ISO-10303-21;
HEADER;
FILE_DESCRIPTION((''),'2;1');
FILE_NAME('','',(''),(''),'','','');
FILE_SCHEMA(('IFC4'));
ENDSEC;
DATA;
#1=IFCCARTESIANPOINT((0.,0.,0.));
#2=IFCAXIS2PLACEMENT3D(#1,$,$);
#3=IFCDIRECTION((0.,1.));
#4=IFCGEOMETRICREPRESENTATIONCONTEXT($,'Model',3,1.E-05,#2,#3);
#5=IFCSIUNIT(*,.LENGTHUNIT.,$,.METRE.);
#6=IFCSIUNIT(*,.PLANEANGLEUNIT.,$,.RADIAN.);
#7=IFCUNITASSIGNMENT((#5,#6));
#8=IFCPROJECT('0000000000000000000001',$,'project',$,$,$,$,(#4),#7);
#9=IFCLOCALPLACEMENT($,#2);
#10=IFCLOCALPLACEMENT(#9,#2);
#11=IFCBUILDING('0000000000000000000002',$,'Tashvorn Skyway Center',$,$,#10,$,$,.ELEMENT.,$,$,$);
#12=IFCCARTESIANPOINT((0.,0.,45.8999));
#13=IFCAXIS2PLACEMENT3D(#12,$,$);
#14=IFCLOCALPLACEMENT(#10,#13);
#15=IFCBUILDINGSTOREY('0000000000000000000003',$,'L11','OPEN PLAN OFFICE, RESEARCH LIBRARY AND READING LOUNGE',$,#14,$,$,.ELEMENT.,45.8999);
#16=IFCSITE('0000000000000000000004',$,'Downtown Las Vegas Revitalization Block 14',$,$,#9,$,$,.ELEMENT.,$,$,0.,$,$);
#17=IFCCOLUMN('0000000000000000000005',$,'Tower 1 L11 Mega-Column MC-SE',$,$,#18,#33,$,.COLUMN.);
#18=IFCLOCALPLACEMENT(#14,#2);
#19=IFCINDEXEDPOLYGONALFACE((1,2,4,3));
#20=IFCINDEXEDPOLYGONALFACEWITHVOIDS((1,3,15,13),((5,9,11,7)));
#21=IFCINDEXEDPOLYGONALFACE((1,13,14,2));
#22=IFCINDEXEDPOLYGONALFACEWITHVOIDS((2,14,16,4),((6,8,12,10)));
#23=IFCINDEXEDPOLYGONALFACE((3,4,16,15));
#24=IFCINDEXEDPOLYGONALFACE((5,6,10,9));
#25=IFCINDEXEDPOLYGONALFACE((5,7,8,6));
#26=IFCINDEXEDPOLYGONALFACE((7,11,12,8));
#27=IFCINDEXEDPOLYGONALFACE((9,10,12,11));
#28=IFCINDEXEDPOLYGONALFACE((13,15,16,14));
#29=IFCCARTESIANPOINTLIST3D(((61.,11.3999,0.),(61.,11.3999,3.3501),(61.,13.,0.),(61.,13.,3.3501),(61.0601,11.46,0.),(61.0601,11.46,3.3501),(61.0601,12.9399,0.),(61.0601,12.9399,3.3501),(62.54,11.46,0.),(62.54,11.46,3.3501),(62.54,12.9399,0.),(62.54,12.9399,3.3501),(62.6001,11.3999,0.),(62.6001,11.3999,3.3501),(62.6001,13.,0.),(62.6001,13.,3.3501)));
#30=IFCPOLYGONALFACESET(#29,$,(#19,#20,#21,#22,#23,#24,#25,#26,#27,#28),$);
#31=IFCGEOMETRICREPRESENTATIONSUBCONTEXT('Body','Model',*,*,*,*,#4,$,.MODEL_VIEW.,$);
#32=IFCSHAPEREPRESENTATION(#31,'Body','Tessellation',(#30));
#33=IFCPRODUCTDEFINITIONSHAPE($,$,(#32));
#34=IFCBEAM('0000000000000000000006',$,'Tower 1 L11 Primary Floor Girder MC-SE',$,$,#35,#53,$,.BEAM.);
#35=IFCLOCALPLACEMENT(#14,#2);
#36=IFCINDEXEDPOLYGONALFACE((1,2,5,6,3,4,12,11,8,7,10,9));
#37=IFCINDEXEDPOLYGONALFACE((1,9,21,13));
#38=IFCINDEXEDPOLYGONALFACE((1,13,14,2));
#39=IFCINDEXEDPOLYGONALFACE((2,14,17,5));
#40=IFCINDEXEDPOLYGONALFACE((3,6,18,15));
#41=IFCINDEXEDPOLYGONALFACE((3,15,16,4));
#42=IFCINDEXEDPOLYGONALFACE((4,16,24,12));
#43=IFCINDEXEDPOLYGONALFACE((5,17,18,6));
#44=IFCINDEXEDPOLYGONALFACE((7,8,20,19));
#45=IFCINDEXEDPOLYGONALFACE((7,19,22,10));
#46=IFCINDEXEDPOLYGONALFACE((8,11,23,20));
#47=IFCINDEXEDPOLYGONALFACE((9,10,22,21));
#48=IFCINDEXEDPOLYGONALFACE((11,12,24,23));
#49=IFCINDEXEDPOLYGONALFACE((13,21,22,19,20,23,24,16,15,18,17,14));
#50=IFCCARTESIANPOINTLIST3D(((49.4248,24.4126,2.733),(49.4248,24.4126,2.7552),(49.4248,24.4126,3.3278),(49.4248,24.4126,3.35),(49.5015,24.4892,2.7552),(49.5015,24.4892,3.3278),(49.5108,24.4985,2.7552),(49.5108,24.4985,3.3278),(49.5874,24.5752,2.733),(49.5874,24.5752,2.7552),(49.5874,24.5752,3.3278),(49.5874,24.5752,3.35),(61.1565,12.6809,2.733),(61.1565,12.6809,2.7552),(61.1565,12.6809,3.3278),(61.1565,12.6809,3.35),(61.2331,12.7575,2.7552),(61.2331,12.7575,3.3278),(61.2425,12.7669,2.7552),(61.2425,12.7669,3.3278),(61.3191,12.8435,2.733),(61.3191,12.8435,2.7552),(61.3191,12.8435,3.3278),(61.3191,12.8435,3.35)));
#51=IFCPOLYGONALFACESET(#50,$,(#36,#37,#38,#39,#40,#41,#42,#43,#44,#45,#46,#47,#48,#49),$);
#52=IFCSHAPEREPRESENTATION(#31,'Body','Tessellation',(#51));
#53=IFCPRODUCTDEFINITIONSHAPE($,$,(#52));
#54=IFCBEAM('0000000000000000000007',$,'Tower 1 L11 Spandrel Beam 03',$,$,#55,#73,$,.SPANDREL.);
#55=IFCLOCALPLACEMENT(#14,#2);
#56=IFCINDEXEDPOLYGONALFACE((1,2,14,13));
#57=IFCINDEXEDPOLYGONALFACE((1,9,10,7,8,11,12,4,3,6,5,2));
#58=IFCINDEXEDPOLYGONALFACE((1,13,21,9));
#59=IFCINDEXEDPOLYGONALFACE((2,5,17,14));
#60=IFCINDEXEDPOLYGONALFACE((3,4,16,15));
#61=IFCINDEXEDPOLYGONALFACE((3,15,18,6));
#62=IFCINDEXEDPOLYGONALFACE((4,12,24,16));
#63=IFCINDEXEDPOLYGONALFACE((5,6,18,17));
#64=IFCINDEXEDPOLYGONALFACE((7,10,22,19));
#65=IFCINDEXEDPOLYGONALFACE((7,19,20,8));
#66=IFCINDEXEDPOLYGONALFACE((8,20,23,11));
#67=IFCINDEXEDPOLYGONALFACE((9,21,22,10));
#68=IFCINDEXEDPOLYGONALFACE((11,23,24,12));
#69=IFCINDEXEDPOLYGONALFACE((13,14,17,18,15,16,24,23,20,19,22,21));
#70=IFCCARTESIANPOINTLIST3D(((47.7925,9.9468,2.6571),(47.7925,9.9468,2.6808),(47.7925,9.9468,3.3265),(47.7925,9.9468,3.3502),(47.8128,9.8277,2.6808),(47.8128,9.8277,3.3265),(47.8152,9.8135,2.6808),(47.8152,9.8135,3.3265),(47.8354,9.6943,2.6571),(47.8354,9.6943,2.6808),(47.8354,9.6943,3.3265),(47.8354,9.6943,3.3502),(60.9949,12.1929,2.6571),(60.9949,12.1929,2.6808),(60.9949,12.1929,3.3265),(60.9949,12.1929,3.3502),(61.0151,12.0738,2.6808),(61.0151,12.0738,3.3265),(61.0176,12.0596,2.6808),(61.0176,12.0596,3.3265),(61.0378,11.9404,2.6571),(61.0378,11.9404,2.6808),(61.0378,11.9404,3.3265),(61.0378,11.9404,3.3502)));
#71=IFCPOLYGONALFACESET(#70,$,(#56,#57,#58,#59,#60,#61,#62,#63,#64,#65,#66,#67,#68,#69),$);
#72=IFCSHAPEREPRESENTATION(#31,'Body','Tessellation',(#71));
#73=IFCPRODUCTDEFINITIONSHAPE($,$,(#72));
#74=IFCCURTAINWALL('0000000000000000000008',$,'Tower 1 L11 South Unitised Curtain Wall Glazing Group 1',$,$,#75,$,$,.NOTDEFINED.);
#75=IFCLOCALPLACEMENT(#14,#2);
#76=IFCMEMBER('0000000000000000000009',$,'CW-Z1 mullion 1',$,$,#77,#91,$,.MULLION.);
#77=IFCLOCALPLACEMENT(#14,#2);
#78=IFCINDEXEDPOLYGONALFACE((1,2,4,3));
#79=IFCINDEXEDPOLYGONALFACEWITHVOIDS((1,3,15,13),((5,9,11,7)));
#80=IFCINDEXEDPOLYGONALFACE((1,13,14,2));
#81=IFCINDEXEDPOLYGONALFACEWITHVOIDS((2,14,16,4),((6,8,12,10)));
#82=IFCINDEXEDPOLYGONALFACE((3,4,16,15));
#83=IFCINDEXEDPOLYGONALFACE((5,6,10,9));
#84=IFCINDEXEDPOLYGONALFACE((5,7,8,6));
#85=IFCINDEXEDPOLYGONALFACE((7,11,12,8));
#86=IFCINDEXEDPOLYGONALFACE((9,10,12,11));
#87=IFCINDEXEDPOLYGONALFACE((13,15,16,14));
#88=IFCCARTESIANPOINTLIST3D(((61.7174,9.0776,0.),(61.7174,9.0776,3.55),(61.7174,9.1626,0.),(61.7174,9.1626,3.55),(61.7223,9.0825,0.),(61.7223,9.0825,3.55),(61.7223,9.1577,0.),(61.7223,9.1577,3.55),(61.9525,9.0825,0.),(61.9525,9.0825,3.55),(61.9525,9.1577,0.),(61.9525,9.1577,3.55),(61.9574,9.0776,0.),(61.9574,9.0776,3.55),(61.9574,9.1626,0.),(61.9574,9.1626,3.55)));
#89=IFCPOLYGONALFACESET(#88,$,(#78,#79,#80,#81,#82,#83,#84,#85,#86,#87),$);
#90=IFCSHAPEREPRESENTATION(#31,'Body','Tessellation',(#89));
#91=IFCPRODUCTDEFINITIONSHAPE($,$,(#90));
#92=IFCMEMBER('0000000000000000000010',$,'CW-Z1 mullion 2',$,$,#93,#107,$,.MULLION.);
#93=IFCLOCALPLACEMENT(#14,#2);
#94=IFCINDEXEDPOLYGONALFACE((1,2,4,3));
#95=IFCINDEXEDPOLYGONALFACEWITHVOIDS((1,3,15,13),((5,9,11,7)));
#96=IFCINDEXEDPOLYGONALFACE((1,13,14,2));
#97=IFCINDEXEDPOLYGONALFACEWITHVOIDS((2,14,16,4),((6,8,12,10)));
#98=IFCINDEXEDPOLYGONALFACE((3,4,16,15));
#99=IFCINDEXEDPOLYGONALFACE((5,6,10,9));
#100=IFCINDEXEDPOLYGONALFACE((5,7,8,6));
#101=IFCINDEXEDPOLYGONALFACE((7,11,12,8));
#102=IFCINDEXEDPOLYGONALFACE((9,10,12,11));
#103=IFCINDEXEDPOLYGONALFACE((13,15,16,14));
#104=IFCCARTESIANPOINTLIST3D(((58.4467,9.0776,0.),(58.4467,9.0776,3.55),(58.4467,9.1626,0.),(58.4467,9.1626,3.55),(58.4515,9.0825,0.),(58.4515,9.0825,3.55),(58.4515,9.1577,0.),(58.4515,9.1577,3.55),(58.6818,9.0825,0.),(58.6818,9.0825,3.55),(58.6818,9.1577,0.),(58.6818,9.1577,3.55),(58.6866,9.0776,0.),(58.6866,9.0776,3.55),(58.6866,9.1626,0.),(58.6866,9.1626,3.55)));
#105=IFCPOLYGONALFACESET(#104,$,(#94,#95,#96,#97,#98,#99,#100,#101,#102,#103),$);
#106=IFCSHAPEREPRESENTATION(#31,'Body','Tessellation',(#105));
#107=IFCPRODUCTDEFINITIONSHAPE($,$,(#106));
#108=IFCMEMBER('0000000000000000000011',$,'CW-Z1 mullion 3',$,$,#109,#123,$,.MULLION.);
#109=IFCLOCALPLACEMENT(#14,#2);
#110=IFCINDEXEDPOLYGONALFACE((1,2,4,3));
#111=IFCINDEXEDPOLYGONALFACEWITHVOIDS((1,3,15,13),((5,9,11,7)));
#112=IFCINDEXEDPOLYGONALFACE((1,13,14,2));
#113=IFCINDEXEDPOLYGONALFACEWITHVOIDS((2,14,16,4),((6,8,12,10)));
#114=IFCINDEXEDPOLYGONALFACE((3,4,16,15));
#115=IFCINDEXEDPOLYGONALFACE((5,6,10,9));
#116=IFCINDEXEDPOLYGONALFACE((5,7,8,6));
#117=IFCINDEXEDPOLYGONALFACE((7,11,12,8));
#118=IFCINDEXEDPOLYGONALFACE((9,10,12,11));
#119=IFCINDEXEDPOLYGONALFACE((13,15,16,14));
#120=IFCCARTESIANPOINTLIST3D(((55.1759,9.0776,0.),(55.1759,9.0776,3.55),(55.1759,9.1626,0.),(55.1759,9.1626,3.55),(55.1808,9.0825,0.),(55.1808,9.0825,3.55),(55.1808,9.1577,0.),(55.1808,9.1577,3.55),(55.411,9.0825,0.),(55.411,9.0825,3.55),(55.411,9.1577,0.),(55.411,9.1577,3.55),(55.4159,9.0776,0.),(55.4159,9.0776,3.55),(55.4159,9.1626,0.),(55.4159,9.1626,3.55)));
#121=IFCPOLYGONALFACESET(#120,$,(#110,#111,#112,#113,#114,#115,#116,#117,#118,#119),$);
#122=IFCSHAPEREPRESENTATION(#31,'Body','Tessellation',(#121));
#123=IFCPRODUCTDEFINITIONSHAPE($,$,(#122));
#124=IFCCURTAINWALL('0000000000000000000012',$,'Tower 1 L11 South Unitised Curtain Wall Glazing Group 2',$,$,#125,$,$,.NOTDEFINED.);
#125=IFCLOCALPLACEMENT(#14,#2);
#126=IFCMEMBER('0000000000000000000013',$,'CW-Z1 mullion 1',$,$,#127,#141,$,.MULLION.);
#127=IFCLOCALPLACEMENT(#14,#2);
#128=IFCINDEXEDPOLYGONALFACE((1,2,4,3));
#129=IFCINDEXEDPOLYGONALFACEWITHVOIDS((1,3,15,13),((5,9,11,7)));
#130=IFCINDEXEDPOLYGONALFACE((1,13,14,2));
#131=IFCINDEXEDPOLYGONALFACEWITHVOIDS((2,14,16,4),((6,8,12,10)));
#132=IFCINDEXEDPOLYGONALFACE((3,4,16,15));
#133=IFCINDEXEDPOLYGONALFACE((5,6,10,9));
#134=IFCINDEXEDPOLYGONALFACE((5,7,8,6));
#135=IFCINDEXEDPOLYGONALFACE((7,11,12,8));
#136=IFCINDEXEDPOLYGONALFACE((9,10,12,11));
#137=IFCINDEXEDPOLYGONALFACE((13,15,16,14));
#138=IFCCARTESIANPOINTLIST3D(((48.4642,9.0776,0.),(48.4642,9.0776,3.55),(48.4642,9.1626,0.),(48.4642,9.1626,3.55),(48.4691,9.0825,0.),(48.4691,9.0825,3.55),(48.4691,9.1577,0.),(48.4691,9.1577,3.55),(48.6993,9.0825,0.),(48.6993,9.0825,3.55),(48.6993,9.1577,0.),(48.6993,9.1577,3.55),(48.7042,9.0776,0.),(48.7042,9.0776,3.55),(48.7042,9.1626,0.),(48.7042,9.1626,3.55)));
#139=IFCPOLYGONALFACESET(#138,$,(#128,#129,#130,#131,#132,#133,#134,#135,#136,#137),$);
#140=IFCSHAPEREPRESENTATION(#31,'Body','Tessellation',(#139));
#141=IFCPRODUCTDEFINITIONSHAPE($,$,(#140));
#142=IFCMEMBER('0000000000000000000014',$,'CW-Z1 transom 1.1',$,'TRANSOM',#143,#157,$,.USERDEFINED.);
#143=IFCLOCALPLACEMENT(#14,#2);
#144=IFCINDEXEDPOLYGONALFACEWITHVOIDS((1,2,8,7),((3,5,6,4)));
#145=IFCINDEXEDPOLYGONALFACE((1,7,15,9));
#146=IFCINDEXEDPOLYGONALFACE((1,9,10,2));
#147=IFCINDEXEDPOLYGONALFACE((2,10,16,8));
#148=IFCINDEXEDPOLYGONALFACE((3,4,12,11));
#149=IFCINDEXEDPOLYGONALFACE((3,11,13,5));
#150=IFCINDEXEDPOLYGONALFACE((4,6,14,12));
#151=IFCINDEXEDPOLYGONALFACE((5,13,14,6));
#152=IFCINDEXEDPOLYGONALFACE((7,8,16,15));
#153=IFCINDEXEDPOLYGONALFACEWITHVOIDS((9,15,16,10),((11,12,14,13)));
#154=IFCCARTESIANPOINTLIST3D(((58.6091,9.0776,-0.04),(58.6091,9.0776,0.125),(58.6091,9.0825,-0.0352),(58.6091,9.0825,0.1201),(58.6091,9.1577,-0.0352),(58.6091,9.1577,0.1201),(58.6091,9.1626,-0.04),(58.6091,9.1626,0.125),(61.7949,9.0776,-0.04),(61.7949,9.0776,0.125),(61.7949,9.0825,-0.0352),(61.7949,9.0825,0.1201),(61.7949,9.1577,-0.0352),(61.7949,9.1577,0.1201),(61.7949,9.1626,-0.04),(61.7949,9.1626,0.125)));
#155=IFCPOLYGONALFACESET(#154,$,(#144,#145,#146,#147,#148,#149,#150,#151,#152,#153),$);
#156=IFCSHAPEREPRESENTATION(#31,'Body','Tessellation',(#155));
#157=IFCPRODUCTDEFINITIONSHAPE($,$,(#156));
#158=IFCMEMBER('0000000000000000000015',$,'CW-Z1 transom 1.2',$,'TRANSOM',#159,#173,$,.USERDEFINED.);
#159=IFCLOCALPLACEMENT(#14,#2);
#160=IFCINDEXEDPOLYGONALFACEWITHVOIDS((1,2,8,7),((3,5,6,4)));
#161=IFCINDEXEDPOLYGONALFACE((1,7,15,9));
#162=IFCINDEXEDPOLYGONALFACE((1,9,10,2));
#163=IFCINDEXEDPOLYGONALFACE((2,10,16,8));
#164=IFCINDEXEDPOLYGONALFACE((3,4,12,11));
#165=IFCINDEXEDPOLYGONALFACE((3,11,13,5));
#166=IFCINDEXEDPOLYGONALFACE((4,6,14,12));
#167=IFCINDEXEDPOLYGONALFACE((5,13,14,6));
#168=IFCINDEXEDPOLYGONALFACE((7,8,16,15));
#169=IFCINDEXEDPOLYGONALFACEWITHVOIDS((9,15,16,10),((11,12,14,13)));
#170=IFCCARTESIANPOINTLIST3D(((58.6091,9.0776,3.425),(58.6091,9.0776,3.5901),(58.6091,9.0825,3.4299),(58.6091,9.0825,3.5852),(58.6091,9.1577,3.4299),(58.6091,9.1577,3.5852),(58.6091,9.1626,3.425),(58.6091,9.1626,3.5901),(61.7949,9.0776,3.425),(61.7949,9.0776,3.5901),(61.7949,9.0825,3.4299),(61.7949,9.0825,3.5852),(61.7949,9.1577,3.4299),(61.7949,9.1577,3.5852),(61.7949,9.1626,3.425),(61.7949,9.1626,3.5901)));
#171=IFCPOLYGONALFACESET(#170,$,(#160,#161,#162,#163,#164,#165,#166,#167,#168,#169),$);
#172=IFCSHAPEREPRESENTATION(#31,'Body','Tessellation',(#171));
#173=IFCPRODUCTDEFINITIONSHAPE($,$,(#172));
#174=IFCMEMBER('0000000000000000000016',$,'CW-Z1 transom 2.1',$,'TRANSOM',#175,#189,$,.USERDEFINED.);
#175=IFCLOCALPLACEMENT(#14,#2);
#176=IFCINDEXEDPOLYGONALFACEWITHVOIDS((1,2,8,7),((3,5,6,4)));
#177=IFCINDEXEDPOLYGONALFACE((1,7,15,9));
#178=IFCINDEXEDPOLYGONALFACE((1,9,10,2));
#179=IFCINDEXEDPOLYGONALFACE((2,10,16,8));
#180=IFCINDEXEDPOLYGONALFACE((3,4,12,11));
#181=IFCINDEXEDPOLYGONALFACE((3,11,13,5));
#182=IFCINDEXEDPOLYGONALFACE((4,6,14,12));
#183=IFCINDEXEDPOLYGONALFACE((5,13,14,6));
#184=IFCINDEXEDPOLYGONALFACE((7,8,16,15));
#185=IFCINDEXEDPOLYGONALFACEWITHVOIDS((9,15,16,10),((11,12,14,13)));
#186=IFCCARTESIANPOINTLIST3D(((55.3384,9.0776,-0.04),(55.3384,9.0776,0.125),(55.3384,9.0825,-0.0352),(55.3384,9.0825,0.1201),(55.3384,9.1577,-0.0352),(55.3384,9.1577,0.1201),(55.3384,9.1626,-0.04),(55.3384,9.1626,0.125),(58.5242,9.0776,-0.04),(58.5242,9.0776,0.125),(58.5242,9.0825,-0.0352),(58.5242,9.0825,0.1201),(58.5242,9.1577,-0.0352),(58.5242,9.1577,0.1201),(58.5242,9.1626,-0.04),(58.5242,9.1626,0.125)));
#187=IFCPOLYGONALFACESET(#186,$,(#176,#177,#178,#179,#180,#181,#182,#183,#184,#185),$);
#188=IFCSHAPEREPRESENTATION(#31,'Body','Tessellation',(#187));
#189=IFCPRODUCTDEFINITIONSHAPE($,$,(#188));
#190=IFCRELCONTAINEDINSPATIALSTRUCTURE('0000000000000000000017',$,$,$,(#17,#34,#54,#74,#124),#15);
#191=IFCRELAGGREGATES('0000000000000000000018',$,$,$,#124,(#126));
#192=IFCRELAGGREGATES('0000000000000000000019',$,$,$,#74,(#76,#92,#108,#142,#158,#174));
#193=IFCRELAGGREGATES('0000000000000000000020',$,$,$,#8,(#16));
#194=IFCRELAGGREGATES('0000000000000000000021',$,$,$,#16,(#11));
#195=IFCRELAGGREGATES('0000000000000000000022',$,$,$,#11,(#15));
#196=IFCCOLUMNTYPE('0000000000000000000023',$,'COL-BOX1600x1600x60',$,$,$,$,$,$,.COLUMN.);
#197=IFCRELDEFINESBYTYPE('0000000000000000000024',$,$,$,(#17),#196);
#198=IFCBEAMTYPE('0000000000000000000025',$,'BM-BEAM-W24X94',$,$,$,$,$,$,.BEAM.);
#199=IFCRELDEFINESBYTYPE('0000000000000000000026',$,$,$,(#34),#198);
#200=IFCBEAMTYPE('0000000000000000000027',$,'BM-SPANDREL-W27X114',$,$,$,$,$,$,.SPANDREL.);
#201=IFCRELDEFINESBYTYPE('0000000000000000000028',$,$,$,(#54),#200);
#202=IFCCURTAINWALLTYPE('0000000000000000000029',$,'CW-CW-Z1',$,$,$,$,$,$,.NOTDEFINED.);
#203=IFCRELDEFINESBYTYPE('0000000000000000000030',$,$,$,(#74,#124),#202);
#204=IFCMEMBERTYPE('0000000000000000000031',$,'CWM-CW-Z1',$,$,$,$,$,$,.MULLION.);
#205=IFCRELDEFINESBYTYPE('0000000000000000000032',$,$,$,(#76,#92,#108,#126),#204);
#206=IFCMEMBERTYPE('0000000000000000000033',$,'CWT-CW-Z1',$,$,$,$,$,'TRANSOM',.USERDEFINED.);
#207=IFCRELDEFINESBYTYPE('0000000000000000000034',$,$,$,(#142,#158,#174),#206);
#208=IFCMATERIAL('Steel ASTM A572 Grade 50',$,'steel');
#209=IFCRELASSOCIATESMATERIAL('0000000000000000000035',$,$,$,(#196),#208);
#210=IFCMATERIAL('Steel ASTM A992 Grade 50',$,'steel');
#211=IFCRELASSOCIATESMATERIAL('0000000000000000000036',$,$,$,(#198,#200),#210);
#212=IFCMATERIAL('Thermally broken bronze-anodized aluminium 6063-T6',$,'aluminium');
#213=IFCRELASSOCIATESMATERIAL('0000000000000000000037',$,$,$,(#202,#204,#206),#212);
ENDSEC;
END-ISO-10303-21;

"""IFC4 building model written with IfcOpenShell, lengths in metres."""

from ifc_helpers import new_model, si_unit, direction, frame, origin, origin_2d, place, context, subcontext, project, spatial, hollow_rectangle, i_section, extrude, material, material_profile, profile_set, type_object, element, aggregate, save


model = new_model("IFC4")

# Units and contexts
model_context = context("Model", 3, precision=1e-05, world=origin(), true_north=direction((0.0, 1.0)))
body_context = subcontext(model_context, "Body", "Model", "MODEL_VIEW")
ifc_project = project(units=[si_unit("LENGTHUNIT", "METRE"), si_unit("PLANEANGLEUNIT", "RADIAN")], contexts=[model_context])

# Site, building, storey
site_placement = place(None, origin())
site = spatial("IfcSite", under=ifc_project, at=site_placement, Name="Downtown Las Vegas Revitalization Block 14", CompositionType="ELEMENT", RefElevation=0.0)
building_placement = place(site_placement, origin())
building = spatial("IfcBuilding", under=site, at=building_placement, Name="Tashvorn Skyway Center", CompositionType="ELEMENT")
storey_placement = place(building_placement, frame((0.0, 0.0, 45.8999)))
storey = spatial("IfcBuildingStorey", under=building, at=storey_placement, Name="L11", Description="OPEN PLAN OFFICE, RESEARCH LIBRARY AND READING LOUNGE", CompositionType="ELEMENT", Elevation=45.8999)

# Column
ifc_material_1 = material(Name="Steel ASTM A572 Grade 50", Category="steel")
ifc_material_profile_1 = material_profile(ifc_material_1, hollow_rectangle(XDim=1.6001, YDim=1.6001, WallThickness=0.0601, at=origin_2d()), Name="BOX1600x1600x60")
ifc_profile_set_1 = profile_set([ifc_material_profile_1], Name="Steel ASTM A572 Grade 50")
column_type = type_object("IfcColumnType", Name="COL-BOX1600x1600x60", PredefinedType="COLUMN", material=ifc_profile_set_1)
column_placement = place(storey_placement, frame((61.8, 12.2, 0.0), z_axis=(0.0, 0.0, 1.0), x_axis=(1.0, 0.0, 0.0)))
element("IfcColumn", 1, at=column_placement, inside=storey, type_object=column_type, Name="Tower 1 L11 Mega-Column MC-SE", PredefinedType="COLUMN", context=body_context, shape_type="SweptSolid", body=[
    extrude(hollow_rectangle(XDim=1.6001, YDim=1.6001, WallThickness=0.0601, at=origin_2d()), origin(), (0.0, 0.0, 1.0), 3.3501),
])

# Beams
ifc_material_2 = material(Name="Steel ASTM A992 Grade 50", Category="steel")
ifc_material_profile_2 = material_profile(ifc_material_2, i_section(OverallWidth=0.23, OverallDepth=0.6169, WebThickness=0.0132, FlangeThickness=0.0222, at=origin_2d()), Name="W24X94")
ifc_profile_set_2 = profile_set([ifc_material_profile_2], Name="Steel ASTM A992 Grade 50")
beam_type_1 = type_object("IfcBeamType", Name="BM-BEAM-W24X94", PredefinedType="BEAM", material=ifc_profile_set_2)
beam_1_placement = place(storey_placement, frame((61.2378, 12.7622, 3.0415), z_axis=(-0.707107, 0.707107, 0.0), x_axis=(-0.707107, -0.707107, 0.0)))
element("IfcBeam", 2, at=beam_1_placement, inside=storey, type_object=beam_type_1, Name="Tower 1 L11 Primary Floor Girder MC-SE", PredefinedType="BEAM", context=body_context, shape_type="SweptSolid", body=[
    extrude(i_section(OverallWidth=0.23, OverallDepth=0.6169, WebThickness=0.0132, FlangeThickness=0.0222, at=origin_2d()), origin(), (0.0, 0.0, 1.0), 16.5911),
])
ifc_material_profile_3 = material_profile(ifc_material_2, i_section(OverallWidth=0.2561, OverallDepth=0.6931, WebThickness=0.0144, FlangeThickness=0.0237, at=origin_2d()), Name="W27X114")
ifc_profile_set_3 = profile_set([ifc_material_profile_3], Name="Steel ASTM A992 Grade 50")
beam_type_2 = type_object("IfcBeamType", Name="BM-SPANDREL-W27X114", PredefinedType="SPANDREL", material=ifc_profile_set_3)
beam_2_placement = place(storey_placement, frame((47.814, 9.8206, 3.0037), z_axis=(0.985835, 0.167718, 0.0), x_axis=(-0.167718, 0.985835, 0.0)))
element("IfcBeam", 3, at=beam_2_placement, inside=storey, type_object=beam_type_2, Name="Tower 1 L11 Spandrel Beam 03", PredefinedType="SPANDREL", context=body_context, shape_type="SweptSolid", body=[
    extrude(i_section(OverallWidth=0.2561, OverallDepth=0.6931, WebThickness=0.0144, FlangeThickness=0.0237, at=origin_2d()), origin(), (0.0, 0.0, 1.0), 13.3921),
])

# Curtain wall, members
ifc_material_3 = material(Name="Thermally broken bronze-anodized aluminium 6063-T6", Category="aluminium")
curtain_wall_type = type_object("IfcCurtainWallType", Name="CW-CW-Z1", PredefinedType="NOTDEFINED", material=ifc_material_3)
curtain_wall_1_placement = place(storey_placement, origin())
curtain_wall_1 = element("IfcCurtainWall", 4, at=curtain_wall_1_placement, inside=storey, type_object=curtain_wall_type, Name="Tower 1 L11 South Unitised Curtain Wall Glazing Group 1", PredefinedType="NOTDEFINED")
ifc_material_profile_4 = material_profile(ifc_material_3, hollow_rectangle(XDim=0.085, YDim=0.24, WallThickness=0.0049, at=origin_2d()), Name="ALU-MULL-85x240")
ifc_profile_set_4 = profile_set([ifc_material_profile_4], Name="Thermally broken bronze-anodized aluminium 6063-T6")
member_type_1 = type_object("IfcMemberType", Name="CWM-CW-Z1", PredefinedType="MULLION", material=ifc_profile_set_4)
member_1_placement = place(storey_placement, frame((61.8374, 9.1201, 0.0), z_axis=(0.0, 0.0, 1.0), x_axis=(0.0, -1.0, 0.0)))
member_1 = element("IfcMember", 5, at=member_1_placement, type_object=member_type_1, Name="CW-Z1 mullion 1", PredefinedType="MULLION", context=body_context, shape_type="SweptSolid", body=[
    extrude(hollow_rectangle(XDim=0.085, YDim=0.24, WallThickness=0.0049, at=origin_2d()), origin(), (0.0, 0.0, 1.0), 3.55),
])
member_2_placement = place(storey_placement, frame((58.5667, 9.1201, 0.0), z_axis=(0.0, 0.0, 1.0), x_axis=(0.0, -1.0, 0.0)))
member_2 = element("IfcMember", 6, at=member_2_placement, type_object=member_type_1, Name="CW-Z1 mullion 2", PredefinedType="MULLION", context=body_context, shape_type="SweptSolid", body=[
    extrude(hollow_rectangle(XDim=0.085, YDim=0.24, WallThickness=0.0049, at=origin_2d()), origin(), (0.0, 0.0, 1.0), 3.55),
])
member_3_placement = place(storey_placement, frame((55.2959, 9.1201, 0.0), z_axis=(0.0, 0.0, 1.0), x_axis=(0.0, -1.0, 0.0)))
member_3 = element("IfcMember", 7, at=member_3_placement, type_object=member_type_1, Name="CW-Z1 mullion 3", PredefinedType="MULLION", context=body_context, shape_type="SweptSolid", body=[
    extrude(hollow_rectangle(XDim=0.085, YDim=0.24, WallThickness=0.0049, at=origin_2d()), origin(), (0.0, 0.0, 1.0), 3.55),
])

# Curtain wall, member
curtain_wall_2_placement = place(storey_placement, origin())
curtain_wall_2 = element("IfcCurtainWall", 8, at=curtain_wall_2_placement, inside=storey, type_object=curtain_wall_type, Name="Tower 1 L11 South Unitised Curtain Wall Glazing Group 2", PredefinedType="NOTDEFINED")
member_4_placement = place(storey_placement, frame((48.5842, 9.1201, 0.0), z_axis=(0.0, 0.0, 1.0), x_axis=(0.0, -1.0, 0.0)))
member_4 = element("IfcMember", 9, at=member_4_placement, type_object=member_type_1, Name="CW-Z1 mullion 1", PredefinedType="MULLION", context=body_context, shape_type="SweptSolid", body=[
    extrude(hollow_rectangle(XDim=0.085, YDim=0.24, WallThickness=0.0049, at=origin_2d()), origin(), (0.0, 0.0, 1.0), 3.55),
])

# Members
ifc_material_profile_5 = material_profile(ifc_material_3, hollow_rectangle(XDim=0.085, YDim=0.165, WallThickness=0.0049, at=origin_2d()), Name="ALU-TRAN-85x165")
ifc_profile_set_5 = profile_set([ifc_material_profile_5], Name="Thermally broken bronze-anodized aluminium 6063-T6")
member_type_2 = type_object("IfcMemberType", Name="CWT-CW-Z1", ElementType="TRANSOM", PredefinedType="USERDEFINED", material=ifc_profile_set_5)
member_5_placement = place(storey_placement, frame((61.7949, 9.1201, 0.0425), z_axis=(-1.0, 0.0, 0.0), x_axis=(0.0, -1.0, 0.0)))
member_5 = element("IfcMember", 10, at=member_5_placement, type_object=member_type_2, Name="CW-Z1 transom 1.1", ObjectType="TRANSOM", PredefinedType="USERDEFINED", context=body_context, shape_type="SweptSolid", body=[
    extrude(hollow_rectangle(XDim=0.085, YDim=0.165, WallThickness=0.0049, at=origin_2d()), origin(), (0.0, 0.0, 1.0), 3.1858),
])
member_6_placement = place(storey_placement, frame((61.7949, 9.1201, 3.5076), z_axis=(-1.0, 0.0, 0.0), x_axis=(0.0, -1.0, 0.0)))
member_6 = element("IfcMember", 11, at=member_6_placement, type_object=member_type_2, Name="CW-Z1 transom 1.2", ObjectType="TRANSOM", PredefinedType="USERDEFINED", context=body_context, shape_type="SweptSolid", body=[
    extrude(hollow_rectangle(XDim=0.085, YDim=0.165, WallThickness=0.0049, at=origin_2d()), origin(), (0.0, 0.0, 1.0), 3.1858),
])
member_7_placement = place(storey_placement, frame((58.5242, 9.1201, 0.0425), z_axis=(-1.0, 0.0, 0.0), x_axis=(0.0, -1.0, 0.0)))
member_7 = element("IfcMember", 12, at=member_7_placement, type_object=member_type_2, Name="CW-Z1 transom 2.1", ObjectType="TRANSOM", PredefinedType="USERDEFINED", context=body_context, shape_type="SweptSolid", body=[
    extrude(hollow_rectangle(XDim=0.085, YDim=0.165, WallThickness=0.0049, at=origin_2d()), origin(), (0.0, 0.0, 1.0), 3.1858),
])
aggregate(curtain_wall_2, [member_4])

aggregate(curtain_wall_1, [member_1, member_2, member_3, member_5, member_6, member_7])

save(model, "model.ifc")
